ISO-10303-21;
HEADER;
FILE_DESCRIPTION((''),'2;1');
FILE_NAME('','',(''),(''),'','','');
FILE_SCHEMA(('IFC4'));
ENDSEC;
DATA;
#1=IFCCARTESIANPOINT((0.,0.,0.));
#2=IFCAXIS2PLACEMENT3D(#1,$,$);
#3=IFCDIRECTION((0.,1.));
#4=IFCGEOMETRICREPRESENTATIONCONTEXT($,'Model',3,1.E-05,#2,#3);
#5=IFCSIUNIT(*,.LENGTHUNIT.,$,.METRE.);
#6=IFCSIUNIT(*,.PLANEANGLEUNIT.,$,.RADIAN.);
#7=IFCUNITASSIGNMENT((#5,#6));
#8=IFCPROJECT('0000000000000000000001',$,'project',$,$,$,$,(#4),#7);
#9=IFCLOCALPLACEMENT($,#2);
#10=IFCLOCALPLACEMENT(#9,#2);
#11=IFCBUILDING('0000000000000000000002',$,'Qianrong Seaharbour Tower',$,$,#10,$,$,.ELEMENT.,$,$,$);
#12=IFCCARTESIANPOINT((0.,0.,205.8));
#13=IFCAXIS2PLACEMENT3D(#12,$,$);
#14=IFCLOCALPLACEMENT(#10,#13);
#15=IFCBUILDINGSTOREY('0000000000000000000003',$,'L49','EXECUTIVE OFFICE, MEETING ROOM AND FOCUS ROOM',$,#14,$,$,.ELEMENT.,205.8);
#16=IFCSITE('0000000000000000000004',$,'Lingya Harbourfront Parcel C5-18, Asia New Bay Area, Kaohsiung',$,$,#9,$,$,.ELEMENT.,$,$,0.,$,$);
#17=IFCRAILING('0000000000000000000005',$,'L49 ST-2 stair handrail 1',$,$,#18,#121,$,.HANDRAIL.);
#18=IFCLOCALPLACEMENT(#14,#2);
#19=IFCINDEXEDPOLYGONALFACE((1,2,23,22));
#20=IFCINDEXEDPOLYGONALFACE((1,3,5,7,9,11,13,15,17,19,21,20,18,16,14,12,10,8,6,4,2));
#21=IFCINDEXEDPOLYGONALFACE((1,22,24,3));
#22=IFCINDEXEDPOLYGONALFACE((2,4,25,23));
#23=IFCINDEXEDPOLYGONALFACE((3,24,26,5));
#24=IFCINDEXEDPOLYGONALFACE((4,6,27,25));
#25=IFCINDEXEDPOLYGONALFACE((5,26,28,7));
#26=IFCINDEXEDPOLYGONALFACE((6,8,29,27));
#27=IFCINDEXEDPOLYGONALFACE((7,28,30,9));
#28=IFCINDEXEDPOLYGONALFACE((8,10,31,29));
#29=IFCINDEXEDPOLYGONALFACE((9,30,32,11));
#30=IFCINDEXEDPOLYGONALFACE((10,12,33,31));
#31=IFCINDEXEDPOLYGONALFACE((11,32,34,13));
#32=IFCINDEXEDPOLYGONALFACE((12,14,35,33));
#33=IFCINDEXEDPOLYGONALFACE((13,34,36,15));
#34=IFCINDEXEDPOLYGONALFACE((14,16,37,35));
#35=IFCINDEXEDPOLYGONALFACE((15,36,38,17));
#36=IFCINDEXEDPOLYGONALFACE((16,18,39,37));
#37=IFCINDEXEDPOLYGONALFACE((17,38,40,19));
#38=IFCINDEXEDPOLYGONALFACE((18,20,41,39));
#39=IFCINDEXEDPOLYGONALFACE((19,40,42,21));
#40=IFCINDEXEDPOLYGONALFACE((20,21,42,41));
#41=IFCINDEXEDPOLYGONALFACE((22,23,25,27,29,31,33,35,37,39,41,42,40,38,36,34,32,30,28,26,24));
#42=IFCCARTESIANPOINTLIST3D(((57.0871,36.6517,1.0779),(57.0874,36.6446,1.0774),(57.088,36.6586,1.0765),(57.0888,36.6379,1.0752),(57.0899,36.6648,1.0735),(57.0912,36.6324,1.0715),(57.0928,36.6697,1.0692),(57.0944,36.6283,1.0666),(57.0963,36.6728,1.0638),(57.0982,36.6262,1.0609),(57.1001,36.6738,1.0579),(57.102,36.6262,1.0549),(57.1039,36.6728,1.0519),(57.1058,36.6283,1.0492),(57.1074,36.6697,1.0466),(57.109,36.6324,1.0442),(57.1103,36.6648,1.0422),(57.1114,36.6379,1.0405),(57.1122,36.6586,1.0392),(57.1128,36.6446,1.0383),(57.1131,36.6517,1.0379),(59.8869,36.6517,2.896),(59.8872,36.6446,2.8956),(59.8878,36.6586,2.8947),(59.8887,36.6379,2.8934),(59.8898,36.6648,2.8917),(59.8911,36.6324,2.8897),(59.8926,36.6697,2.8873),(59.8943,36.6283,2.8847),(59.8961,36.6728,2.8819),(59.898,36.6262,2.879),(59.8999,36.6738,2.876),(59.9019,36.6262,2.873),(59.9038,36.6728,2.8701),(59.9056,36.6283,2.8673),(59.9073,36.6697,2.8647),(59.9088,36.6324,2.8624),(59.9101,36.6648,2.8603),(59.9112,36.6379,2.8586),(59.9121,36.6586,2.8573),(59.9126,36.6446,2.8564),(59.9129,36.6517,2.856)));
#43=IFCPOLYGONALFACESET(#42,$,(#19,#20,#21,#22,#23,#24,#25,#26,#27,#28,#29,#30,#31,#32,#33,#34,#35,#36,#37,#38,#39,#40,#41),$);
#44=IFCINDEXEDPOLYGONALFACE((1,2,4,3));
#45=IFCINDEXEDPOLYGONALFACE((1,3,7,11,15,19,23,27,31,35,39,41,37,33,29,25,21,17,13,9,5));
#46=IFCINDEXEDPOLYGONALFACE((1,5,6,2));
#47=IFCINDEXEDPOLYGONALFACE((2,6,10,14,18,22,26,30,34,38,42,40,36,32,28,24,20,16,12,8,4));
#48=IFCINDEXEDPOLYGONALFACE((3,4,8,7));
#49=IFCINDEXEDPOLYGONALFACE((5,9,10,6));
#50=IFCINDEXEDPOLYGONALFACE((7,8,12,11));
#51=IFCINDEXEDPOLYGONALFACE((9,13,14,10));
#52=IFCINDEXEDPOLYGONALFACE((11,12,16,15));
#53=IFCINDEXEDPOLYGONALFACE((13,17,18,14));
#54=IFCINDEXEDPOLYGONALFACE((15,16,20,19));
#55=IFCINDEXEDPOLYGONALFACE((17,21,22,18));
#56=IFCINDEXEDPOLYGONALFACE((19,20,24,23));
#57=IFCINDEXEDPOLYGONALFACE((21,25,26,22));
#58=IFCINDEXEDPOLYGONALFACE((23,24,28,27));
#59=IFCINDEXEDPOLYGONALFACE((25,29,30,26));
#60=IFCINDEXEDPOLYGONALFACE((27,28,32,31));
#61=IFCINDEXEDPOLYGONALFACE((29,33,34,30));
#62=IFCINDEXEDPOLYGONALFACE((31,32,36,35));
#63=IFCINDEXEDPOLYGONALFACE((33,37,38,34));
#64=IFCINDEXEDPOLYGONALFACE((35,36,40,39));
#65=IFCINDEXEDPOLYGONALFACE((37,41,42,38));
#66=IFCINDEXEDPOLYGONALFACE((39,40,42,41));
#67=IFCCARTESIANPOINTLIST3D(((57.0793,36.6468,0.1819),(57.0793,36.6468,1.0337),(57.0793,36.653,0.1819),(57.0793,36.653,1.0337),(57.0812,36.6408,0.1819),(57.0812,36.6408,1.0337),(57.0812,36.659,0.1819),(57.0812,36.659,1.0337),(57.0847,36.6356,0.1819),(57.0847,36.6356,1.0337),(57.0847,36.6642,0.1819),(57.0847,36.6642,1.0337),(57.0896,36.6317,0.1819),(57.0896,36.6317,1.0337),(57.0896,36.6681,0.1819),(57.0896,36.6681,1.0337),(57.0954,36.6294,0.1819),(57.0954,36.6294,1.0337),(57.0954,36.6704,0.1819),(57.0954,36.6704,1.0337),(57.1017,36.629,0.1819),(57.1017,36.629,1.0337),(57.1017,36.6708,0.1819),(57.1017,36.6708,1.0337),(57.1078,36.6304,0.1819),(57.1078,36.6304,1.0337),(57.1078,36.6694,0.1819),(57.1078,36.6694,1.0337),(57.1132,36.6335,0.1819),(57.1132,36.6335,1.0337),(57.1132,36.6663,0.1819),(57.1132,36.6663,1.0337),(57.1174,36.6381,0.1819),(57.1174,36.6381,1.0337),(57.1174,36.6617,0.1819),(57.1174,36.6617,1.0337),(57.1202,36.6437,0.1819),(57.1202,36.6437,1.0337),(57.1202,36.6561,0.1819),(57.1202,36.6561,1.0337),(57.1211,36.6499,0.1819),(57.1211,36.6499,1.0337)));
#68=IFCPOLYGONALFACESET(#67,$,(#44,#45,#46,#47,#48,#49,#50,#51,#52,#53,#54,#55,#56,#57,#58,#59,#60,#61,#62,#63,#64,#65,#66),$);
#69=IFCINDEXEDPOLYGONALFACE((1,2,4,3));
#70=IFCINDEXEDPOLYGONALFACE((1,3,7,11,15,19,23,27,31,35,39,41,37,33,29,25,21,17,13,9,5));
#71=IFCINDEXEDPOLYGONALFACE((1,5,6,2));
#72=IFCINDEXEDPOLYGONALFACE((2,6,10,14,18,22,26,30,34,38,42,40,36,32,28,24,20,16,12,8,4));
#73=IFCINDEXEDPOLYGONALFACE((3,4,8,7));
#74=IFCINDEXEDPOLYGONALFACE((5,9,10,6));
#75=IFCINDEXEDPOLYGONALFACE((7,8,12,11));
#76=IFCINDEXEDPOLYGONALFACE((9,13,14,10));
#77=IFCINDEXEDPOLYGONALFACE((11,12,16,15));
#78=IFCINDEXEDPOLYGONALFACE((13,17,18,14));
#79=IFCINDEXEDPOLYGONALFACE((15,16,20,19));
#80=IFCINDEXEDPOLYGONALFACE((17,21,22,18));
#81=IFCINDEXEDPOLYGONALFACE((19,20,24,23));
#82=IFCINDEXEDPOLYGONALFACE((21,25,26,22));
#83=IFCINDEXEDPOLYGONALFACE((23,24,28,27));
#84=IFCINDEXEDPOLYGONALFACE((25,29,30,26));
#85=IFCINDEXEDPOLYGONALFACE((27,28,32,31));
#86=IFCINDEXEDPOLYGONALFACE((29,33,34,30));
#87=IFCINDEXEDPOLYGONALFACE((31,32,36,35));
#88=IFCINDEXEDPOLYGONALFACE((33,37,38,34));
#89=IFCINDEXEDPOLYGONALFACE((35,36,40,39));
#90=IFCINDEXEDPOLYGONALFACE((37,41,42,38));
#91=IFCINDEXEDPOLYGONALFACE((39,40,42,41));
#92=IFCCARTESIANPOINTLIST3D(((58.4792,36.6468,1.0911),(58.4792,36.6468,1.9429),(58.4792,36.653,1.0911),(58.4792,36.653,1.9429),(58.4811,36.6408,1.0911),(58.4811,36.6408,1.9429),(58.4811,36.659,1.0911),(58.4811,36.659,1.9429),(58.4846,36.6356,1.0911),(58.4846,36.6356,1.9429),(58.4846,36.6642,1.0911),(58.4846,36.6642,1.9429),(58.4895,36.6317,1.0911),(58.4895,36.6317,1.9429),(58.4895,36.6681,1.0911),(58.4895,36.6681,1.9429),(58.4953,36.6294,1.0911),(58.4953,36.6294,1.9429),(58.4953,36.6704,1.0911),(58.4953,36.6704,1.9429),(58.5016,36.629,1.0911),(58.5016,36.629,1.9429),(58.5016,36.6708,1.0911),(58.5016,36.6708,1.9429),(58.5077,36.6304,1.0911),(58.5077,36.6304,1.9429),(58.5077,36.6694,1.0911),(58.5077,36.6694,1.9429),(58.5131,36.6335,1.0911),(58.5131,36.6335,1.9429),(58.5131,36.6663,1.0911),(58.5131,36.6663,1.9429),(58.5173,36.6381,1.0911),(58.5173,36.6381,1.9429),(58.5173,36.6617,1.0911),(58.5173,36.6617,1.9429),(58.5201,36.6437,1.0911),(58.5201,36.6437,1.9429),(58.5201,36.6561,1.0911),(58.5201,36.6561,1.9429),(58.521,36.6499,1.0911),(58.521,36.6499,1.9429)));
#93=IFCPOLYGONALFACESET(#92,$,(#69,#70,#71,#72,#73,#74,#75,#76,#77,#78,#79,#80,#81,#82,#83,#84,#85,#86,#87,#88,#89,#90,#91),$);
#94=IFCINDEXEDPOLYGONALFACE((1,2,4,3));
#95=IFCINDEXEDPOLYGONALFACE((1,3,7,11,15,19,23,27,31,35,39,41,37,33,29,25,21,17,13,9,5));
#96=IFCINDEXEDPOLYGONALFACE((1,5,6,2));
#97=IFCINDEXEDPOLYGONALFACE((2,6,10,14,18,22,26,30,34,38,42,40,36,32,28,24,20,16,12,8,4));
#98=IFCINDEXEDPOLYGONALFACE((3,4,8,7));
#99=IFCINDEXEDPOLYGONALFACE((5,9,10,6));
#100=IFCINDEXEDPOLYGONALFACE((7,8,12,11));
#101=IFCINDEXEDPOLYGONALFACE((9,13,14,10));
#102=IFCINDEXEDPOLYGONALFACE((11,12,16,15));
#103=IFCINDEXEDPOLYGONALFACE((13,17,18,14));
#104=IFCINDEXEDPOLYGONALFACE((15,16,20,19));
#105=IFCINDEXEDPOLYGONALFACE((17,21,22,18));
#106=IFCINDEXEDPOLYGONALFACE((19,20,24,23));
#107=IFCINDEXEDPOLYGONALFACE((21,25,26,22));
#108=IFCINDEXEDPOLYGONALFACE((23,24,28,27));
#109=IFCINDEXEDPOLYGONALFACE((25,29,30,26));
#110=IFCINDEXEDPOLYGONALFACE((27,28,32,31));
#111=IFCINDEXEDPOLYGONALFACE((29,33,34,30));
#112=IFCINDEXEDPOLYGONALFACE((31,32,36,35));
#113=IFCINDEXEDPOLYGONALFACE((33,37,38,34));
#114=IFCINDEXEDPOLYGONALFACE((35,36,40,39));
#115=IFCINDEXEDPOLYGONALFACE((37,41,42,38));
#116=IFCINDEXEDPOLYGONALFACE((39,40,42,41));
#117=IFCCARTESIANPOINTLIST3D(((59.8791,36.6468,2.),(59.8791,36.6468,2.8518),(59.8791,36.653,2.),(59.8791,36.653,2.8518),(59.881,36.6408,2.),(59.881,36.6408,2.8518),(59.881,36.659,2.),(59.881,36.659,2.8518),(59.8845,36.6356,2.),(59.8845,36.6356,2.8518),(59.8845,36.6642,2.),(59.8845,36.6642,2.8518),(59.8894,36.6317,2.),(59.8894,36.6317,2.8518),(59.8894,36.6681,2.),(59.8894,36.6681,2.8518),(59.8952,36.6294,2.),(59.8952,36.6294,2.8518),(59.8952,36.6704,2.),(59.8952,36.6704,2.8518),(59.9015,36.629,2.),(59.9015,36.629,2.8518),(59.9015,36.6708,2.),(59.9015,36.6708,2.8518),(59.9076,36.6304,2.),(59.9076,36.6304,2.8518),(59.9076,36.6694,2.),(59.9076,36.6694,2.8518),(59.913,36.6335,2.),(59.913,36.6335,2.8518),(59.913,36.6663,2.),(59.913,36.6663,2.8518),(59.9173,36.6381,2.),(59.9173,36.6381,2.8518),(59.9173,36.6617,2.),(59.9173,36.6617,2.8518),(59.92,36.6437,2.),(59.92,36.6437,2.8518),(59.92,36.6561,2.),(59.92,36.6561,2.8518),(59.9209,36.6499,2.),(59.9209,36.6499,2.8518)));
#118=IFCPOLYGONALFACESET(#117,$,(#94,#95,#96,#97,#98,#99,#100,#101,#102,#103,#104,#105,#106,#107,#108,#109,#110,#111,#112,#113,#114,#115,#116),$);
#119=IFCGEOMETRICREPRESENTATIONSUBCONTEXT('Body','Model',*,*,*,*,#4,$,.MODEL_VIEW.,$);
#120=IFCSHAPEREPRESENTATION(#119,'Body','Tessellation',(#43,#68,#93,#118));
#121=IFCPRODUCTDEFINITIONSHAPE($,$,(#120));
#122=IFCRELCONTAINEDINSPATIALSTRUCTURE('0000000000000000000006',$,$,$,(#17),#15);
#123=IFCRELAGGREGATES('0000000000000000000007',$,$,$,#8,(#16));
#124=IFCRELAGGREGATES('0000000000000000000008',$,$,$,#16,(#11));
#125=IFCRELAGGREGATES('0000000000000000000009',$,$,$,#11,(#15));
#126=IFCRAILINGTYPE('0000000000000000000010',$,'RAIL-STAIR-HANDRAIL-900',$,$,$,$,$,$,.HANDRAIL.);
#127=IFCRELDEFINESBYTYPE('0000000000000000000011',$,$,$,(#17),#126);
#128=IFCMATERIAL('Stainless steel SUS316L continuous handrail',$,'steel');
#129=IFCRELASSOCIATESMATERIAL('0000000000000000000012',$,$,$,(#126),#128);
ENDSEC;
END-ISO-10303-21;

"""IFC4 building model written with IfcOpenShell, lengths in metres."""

from ifc_helpers import new_model, si_unit, direction, frame, origin, origin_2d, place, context, subcontext, project, spatial, circle, extrude, material, type_object, element, save


model = new_model("IFC4")

# Units and contexts
model_context = context("Model", 3, precision=1e-05, world=origin(), true_north=direction((0.0, 1.0)))
body_context = subcontext(model_context, "Body", "Model", "MODEL_VIEW")
ifc_project = project(units=[si_unit("LENGTHUNIT", "METRE"), si_unit("PLANEANGLEUNIT", "RADIAN")], contexts=[model_context])

# Site, building, storey
site_placement = place(None, origin())
site = spatial("IfcSite", under=ifc_project, at=site_placement, Name="Lingya Harbourfront Parcel C5-18, Asia New Bay Area, Kaohsiung", CompositionType="ELEMENT", RefElevation=0.0)
building_placement = place(site_placement, origin())
building = spatial("IfcBuilding", under=site, at=building_placement, Name="Qianrong Seaharbour Tower", CompositionType="ELEMENT")
storey_placement = place(building_placement, frame((0.0, 0.0, 205.8)))
storey = spatial("IfcBuildingStorey", under=building, at=storey_placement, Name="L49", Description="EXECUTIVE OFFICE, MEETING ROOM AND FOCUS ROOM", CompositionType="ELEMENT", Elevation=205.8)

# Railing
ifc_material_1 = material(Name="Stainless steel SUS316L continuous handrail", Category="steel")
railing_type_1 = type_object("IfcRailingType", Name="RAIL-STAIR-HANDRAIL-900", PredefinedType="HANDRAIL", material=ifc_material_1)
railing_1_placement = place(storey_placement, frame((57.1001, 36.6499, 0.1819)))
element("IfcRailing", 1, at=railing_1_placement, inside=storey, type_object=railing_type_1, Name="L49 ST-2 stair handrail 1", PredefinedType="HANDRAIL", context=body_context, shape_type="SweptSolid", body=[
    extrude(circle(Radius=0.0239, at=origin_2d()), frame((0.0, 0.0, 0.876), z_axis=(0.838684, 0.0, 0.544618), x_axis=(0.0, 1.0, 0.0)), (0.0, 0.0, 1.0), 3.3384),
    extrude(circle(Radius=0.021, at=origin_2d()), origin(), (0.0, 0.0, 1.0), 0.8518),
    extrude(circle(Radius=0.021, at=origin_2d()), frame((1.3999, 0.0, 0.9092)), (0.0, 0.0, 1.0), 0.8518),
    extrude(circle(Radius=0.021, at=origin_2d()), frame((2.7998, 0.0, 1.8181)), (0.0, 0.0, 1.0), 0.8518),
])

save(model, "model.ifc")
